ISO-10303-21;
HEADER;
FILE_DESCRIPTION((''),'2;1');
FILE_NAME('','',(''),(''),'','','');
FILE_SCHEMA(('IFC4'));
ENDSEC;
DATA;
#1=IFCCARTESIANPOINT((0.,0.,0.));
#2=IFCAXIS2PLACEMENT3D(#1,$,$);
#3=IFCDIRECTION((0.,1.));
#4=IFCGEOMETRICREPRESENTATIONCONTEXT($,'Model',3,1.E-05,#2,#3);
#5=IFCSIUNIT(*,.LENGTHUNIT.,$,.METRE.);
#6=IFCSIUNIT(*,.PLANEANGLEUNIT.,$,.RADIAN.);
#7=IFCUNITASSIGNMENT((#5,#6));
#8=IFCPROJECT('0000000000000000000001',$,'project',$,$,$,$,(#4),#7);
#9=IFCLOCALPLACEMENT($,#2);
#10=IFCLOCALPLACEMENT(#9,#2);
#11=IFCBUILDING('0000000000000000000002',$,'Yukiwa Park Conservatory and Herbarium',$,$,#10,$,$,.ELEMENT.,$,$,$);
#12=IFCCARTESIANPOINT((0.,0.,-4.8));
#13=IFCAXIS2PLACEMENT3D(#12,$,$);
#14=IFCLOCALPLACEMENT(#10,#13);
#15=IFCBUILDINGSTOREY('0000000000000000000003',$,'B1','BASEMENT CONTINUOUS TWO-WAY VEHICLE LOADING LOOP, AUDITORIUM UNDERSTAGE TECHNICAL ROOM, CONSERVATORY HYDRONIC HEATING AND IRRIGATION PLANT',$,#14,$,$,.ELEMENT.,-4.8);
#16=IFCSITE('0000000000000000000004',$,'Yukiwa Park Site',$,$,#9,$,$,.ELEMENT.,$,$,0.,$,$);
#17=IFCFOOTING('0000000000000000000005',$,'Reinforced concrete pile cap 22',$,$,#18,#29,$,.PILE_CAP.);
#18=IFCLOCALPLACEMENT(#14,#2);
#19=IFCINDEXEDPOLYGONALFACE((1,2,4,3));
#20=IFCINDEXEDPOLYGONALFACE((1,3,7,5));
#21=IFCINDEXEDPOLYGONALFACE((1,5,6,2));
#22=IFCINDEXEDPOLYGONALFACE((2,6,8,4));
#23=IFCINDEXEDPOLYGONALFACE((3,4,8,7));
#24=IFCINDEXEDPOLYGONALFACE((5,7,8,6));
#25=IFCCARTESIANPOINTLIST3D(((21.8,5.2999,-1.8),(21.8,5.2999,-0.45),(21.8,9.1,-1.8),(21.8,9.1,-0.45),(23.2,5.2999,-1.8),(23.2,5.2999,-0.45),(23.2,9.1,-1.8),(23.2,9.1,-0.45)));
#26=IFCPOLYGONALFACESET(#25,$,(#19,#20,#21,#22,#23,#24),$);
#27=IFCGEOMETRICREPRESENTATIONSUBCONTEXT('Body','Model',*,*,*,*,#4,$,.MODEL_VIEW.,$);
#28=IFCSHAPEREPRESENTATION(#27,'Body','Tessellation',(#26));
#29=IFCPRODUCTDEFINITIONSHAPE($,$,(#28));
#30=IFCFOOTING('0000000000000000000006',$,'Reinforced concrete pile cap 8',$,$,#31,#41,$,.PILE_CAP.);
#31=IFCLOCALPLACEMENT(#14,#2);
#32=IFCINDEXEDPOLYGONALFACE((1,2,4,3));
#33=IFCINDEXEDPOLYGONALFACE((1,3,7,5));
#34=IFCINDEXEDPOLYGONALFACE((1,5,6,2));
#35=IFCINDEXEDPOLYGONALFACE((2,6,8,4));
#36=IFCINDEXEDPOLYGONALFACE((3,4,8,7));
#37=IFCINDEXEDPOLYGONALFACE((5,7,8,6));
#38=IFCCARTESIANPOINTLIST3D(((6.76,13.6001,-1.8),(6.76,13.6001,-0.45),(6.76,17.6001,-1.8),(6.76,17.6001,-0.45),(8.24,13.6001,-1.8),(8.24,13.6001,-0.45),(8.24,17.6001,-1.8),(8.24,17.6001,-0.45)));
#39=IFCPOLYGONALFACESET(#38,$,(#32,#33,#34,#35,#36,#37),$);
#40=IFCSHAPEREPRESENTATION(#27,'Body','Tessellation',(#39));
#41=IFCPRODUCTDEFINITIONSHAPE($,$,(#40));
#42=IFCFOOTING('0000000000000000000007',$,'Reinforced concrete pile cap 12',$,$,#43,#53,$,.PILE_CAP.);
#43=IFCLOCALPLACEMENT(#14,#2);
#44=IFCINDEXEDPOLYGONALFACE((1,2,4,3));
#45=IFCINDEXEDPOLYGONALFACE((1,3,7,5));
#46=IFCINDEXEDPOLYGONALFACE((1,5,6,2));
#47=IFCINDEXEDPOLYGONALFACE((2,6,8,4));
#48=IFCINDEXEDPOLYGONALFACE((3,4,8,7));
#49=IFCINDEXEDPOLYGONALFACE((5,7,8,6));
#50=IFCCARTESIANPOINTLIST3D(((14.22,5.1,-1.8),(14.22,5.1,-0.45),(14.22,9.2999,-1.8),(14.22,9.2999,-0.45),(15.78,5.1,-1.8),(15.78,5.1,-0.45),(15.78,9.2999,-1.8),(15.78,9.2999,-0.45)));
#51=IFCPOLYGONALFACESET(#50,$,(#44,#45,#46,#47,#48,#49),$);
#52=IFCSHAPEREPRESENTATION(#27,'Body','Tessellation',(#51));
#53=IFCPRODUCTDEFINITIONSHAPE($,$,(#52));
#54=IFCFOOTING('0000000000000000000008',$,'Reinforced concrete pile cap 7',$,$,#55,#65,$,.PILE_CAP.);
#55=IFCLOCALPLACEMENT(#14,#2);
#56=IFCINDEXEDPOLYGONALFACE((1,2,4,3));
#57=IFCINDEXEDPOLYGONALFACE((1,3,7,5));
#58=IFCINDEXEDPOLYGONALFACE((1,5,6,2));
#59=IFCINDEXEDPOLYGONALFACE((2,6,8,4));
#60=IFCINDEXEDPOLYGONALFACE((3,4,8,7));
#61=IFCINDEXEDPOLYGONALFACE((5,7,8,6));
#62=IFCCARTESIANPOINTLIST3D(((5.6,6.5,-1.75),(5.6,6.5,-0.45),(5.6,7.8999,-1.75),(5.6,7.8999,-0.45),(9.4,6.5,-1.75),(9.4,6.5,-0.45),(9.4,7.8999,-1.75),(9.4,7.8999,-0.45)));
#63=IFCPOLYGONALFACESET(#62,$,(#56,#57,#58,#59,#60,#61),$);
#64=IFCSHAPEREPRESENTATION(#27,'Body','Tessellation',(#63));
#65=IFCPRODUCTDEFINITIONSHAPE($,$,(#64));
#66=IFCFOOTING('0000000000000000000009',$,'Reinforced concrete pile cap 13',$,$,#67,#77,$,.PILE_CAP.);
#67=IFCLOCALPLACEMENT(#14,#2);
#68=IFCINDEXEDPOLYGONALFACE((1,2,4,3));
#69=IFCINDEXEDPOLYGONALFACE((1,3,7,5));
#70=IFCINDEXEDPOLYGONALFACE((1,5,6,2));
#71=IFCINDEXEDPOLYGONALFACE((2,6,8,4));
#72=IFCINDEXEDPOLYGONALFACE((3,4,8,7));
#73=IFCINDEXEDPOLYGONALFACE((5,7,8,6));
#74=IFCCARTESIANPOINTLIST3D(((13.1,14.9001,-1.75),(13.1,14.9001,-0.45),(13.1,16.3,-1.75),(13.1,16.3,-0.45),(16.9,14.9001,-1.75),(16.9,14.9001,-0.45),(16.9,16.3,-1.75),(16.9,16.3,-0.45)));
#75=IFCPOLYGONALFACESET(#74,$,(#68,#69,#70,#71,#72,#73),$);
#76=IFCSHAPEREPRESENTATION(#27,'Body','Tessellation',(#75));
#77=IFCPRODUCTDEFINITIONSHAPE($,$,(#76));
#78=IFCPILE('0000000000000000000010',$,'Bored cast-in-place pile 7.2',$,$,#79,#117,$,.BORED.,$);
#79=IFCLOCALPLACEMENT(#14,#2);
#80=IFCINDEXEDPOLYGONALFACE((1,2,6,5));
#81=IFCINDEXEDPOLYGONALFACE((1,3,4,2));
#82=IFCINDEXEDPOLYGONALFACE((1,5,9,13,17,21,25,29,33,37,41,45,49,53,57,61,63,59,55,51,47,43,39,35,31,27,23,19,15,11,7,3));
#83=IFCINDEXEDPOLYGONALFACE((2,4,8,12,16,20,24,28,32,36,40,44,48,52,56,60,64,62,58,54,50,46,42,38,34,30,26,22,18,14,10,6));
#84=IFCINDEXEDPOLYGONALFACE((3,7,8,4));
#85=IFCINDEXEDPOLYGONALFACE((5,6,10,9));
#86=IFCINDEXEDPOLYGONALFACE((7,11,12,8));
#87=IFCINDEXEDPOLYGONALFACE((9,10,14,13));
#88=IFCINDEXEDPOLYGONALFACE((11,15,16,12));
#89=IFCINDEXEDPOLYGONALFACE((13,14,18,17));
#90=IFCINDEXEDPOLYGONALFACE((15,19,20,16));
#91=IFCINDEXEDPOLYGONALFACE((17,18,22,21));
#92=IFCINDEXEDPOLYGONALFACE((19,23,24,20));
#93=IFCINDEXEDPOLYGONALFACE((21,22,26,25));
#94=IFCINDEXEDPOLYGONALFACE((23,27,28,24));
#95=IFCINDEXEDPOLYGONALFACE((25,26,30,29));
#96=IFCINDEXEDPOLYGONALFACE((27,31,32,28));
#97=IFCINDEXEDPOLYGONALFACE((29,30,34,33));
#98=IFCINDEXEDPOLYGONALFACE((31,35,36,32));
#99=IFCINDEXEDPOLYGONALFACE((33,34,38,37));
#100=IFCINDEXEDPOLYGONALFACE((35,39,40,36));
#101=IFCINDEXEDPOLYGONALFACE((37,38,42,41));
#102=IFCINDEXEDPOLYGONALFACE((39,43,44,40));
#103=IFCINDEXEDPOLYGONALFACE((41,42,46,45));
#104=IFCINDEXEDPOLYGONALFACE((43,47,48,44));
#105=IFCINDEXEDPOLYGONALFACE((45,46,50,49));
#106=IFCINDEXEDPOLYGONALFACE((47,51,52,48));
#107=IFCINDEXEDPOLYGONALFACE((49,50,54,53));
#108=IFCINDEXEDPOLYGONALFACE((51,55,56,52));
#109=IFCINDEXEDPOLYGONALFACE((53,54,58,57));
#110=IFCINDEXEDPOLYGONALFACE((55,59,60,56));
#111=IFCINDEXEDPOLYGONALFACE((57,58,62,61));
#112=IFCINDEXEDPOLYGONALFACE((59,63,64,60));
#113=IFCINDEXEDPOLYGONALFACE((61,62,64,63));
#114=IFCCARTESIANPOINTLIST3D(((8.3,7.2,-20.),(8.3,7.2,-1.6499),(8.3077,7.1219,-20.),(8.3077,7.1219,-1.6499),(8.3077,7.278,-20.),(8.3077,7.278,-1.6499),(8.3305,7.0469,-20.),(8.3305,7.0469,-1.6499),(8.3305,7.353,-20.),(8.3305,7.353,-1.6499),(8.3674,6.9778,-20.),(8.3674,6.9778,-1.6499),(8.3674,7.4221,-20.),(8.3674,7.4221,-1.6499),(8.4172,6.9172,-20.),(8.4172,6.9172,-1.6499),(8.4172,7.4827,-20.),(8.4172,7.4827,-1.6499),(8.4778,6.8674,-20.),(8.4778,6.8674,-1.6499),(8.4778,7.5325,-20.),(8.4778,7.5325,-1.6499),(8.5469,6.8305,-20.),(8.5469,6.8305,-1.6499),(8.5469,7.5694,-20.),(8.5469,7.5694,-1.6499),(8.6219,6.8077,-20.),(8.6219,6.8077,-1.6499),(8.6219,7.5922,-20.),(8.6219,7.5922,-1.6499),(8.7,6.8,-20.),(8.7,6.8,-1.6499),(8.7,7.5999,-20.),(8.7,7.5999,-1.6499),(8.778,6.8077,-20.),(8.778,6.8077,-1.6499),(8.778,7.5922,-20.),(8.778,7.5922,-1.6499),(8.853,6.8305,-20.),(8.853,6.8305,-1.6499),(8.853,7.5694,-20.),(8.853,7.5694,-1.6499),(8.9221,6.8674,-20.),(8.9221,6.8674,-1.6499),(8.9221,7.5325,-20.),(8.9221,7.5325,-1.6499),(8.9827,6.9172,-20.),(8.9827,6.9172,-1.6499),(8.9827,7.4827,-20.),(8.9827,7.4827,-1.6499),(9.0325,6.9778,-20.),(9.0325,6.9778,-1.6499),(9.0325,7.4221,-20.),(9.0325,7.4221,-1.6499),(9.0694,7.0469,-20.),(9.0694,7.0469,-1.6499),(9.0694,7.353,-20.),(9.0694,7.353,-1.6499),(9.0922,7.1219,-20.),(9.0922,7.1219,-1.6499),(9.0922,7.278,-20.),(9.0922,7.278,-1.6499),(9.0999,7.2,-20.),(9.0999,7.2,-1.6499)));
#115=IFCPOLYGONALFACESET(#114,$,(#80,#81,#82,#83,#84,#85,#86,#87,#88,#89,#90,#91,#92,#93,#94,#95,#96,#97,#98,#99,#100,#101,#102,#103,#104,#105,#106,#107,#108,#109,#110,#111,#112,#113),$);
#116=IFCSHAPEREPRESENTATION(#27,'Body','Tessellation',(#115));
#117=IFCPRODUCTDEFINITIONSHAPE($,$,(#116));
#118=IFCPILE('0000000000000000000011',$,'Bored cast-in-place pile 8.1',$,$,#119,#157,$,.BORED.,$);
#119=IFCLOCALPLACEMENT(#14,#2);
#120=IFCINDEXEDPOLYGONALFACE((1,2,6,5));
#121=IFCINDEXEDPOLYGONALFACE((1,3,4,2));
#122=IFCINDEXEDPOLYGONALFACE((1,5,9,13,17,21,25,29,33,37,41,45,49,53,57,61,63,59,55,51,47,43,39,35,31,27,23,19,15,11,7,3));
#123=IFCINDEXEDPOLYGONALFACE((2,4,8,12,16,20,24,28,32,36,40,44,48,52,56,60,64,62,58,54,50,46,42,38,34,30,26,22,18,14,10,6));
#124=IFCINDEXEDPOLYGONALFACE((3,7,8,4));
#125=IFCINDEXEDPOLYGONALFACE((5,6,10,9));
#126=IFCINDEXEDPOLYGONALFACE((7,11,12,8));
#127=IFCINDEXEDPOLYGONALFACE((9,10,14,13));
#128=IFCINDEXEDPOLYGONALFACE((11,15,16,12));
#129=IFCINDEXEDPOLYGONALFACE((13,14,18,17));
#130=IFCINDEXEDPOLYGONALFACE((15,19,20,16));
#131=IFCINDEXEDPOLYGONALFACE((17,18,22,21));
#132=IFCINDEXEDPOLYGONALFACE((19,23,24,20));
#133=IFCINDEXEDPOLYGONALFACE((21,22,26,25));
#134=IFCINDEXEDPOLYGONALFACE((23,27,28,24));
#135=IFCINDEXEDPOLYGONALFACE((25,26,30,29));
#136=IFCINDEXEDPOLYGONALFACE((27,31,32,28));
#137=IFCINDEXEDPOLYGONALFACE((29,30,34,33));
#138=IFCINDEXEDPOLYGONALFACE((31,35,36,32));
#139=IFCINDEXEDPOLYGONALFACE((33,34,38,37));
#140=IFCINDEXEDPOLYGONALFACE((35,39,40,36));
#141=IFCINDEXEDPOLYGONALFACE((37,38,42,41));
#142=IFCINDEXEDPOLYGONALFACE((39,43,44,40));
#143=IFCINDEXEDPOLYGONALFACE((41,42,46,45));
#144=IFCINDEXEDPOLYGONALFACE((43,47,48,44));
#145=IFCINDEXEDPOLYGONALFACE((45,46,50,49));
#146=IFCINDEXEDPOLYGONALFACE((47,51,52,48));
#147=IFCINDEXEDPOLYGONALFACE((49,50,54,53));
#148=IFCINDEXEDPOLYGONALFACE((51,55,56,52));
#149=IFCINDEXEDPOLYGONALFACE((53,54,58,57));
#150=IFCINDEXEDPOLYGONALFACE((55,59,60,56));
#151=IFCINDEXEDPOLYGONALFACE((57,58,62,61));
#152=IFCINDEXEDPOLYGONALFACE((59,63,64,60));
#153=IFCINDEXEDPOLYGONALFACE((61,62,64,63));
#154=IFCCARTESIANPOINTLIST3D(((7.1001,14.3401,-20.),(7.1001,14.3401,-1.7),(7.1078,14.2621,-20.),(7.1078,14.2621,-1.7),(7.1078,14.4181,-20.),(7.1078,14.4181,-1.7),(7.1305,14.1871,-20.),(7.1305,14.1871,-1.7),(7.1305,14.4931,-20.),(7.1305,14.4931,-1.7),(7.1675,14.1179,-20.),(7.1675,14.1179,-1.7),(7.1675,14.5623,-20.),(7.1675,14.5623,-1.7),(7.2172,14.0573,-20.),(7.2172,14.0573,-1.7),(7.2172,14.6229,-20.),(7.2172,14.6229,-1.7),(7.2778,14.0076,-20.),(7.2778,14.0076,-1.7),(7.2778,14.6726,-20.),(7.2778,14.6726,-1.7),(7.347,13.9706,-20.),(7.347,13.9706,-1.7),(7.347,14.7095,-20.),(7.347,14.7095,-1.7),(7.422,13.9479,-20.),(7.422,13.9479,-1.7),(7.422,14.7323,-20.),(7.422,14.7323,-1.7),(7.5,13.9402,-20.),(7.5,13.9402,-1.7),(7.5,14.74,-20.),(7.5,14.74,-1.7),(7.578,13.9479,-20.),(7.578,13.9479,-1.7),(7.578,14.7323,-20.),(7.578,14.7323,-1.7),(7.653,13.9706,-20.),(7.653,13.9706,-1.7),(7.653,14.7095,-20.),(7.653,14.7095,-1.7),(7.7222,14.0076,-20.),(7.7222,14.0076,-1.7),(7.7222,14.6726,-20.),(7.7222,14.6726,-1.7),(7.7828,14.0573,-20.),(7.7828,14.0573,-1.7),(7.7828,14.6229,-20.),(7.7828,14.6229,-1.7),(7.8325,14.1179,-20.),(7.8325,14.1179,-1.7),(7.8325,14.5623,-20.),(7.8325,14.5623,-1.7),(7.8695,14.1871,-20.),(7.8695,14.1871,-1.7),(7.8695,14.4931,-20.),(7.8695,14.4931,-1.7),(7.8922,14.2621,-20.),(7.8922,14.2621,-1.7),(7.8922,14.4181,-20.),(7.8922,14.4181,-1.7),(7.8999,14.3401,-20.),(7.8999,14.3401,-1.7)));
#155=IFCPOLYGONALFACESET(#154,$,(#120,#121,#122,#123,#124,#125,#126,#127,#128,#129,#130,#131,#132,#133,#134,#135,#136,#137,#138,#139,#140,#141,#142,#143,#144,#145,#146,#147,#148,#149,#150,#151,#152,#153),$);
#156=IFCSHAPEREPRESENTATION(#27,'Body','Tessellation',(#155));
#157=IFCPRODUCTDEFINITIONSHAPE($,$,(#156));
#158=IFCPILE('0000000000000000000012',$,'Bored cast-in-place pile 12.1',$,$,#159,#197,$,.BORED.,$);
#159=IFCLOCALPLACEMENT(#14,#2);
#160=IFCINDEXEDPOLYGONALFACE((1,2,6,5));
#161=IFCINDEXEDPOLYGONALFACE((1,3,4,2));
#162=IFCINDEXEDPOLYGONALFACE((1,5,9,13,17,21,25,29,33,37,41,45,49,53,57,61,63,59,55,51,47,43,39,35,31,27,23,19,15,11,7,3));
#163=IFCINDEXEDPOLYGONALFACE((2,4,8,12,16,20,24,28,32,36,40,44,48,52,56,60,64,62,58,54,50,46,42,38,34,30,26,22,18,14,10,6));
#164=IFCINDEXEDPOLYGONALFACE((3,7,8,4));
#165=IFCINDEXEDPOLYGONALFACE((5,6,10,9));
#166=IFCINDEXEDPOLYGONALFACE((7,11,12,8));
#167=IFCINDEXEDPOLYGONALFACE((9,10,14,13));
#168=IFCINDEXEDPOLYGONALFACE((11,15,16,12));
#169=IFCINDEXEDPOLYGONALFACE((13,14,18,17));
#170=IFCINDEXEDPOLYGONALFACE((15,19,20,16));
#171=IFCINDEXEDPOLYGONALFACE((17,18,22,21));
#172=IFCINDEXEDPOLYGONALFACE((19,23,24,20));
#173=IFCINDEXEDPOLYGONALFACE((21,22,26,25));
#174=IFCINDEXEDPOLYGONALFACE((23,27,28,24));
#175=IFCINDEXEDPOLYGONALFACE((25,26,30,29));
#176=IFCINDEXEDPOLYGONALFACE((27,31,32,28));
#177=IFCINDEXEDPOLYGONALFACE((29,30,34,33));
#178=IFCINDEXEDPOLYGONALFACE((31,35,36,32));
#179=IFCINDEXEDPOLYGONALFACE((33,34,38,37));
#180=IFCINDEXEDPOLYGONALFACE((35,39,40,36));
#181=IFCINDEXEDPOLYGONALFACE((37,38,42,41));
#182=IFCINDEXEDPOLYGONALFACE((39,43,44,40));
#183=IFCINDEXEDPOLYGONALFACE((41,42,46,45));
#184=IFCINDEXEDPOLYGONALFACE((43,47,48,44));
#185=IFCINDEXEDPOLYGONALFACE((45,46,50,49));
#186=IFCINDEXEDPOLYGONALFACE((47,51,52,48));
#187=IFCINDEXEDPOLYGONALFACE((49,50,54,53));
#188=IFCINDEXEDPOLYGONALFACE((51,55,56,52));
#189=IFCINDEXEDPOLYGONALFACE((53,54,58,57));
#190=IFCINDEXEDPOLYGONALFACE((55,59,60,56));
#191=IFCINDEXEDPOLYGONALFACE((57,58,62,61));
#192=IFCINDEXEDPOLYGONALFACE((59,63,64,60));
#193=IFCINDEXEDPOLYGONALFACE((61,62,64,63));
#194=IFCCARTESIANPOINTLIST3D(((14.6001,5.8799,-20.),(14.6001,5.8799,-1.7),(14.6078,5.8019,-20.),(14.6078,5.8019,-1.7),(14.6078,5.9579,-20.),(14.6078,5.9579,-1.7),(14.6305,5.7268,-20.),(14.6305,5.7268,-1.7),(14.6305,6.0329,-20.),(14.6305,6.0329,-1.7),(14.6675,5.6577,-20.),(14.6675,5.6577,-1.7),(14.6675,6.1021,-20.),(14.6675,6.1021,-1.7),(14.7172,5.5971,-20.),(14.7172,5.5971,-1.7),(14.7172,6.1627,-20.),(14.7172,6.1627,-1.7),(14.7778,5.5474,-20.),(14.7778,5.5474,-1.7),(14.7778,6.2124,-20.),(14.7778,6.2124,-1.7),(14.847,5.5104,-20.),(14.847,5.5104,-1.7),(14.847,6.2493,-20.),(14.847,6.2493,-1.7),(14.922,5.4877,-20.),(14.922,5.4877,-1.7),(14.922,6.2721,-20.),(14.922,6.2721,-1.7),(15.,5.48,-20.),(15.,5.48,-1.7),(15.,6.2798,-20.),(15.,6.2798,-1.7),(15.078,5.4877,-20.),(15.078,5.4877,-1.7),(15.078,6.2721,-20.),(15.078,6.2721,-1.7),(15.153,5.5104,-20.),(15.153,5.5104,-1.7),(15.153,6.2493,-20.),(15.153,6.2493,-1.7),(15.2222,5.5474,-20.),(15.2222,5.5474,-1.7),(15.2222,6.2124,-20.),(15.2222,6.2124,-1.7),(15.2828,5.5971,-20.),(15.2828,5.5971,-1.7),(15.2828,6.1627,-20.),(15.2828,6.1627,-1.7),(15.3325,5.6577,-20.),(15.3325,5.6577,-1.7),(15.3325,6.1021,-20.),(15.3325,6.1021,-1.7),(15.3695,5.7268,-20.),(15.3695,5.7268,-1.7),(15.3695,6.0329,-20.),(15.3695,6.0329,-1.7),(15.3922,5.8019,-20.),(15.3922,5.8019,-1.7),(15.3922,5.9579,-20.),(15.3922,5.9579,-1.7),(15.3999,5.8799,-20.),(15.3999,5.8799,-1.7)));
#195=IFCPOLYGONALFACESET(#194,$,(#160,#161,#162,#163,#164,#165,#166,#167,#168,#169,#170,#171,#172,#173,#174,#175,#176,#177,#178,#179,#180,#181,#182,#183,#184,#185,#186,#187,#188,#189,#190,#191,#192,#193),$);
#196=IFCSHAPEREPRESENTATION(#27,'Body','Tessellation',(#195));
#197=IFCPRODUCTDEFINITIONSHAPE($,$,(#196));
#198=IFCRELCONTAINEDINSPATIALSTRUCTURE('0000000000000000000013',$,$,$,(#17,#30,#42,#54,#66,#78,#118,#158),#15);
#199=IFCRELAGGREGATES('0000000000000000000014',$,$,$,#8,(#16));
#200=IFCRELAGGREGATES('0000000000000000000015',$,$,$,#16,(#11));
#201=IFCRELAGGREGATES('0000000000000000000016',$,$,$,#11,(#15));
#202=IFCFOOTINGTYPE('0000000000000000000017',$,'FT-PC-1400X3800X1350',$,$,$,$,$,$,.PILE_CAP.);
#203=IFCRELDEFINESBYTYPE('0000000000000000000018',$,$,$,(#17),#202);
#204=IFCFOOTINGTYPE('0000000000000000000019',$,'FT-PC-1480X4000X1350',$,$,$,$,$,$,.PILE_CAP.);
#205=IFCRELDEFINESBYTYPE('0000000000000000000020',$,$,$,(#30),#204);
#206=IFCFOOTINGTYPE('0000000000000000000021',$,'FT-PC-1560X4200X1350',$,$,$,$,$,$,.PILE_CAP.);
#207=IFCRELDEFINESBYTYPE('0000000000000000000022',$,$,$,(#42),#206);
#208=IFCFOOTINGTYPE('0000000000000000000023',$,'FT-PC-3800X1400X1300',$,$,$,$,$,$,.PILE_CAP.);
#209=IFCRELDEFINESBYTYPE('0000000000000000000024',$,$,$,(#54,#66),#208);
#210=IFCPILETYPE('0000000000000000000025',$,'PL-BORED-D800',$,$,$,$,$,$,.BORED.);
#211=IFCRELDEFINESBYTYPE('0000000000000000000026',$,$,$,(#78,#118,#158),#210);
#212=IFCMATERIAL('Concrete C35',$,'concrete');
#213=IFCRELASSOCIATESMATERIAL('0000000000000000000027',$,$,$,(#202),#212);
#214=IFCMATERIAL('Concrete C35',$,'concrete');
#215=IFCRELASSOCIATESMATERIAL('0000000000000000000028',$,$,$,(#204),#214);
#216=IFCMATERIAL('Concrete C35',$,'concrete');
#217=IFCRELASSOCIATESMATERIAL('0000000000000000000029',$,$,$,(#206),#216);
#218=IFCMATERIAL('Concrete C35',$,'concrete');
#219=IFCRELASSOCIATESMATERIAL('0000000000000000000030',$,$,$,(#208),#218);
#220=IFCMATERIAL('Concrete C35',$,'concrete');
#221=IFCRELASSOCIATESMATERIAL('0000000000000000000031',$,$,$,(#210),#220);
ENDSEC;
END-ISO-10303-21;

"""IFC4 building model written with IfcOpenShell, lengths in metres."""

from ifc_helpers import new_model, si_unit, direction, frame, origin, origin_2d, place, context, subcontext, project, spatial, rectangle, circle, extrude, material, material_profile, profile_set, type_object, element, save


model = new_model("IFC4")

# Units and contexts
model_context = context("Model", 3, precision=1e-05, world=origin(), true_north=direction((0.0, 1.0)))
body_context = subcontext(model_context, "Body", "Model", "MODEL_VIEW")
ifc_project = project(units=[si_unit("LENGTHUNIT", "METRE"), si_unit("PLANEANGLEUNIT", "RADIAN")], contexts=[model_context])

# Site, building, storey
site_placement = place(None, origin())
site = spatial("IfcSite", under=ifc_project, at=site_placement, Name="Yukiwa Park Site", CompositionType="ELEMENT", RefElevation=0.0)
building_placement = place(site_placement, origin())
building = spatial("IfcBuilding", under=site, at=building_placement, Name="Yukiwa Park Conservatory and Herbarium", CompositionType="ELEMENT")
storey_placement = place(building_placement, frame((0.0, 0.0, -4.8)))
storey = spatial("IfcBuildingStorey", under=building, at=storey_placement, Name="B1", Description="BASEMENT CONTINUOUS TWO-WAY VEHICLE LOADING LOOP, AUDITORIUM UNDERSTAGE TECHNICAL ROOM, CONSERVATORY HYDRONIC HEATING AND IRRIGATION PLANT", CompositionType="ELEMENT", Elevation=-4.8)

# Footings
ifc_material_1 = material(Name="Concrete C35", Category="concrete")
footing_type_1 = type_object("IfcFootingType", Name="FT-PC-1400X3800X1350", PredefinedType="PILE_CAP", material=ifc_material_1)
footing_1_placement = place(storey_placement, frame((22.5, 7.2, -1.8), z_axis=(0.0, 0.0, 1.0), x_axis=(1.0, 0.0, 0.0)))
element("IfcFooting", 1, at=footing_1_placement, inside=storey, type_object=footing_type_1, Name="Reinforced concrete pile cap 22", PredefinedType="PILE_CAP", context=body_context, shape_type="SweptSolid", body=[
    extrude(rectangle(XDim=1.3999, YDim=3.8, at=origin_2d()), origin(), (0.0, 0.0, 1.0), 1.3501),
])
ifc_material_2 = material(Name="Concrete C35", Category="concrete")
footing_type_2 = type_object("IfcFootingType", Name="FT-PC-1480X4000X1350", PredefinedType="PILE_CAP", material=ifc_material_2)
footing_2_placement = place(storey_placement, frame((7.5, 15.6001, -1.8), z_axis=(0.0, 0.0, 1.0), x_axis=(1.0, 0.0, 0.0)))
element("IfcFooting", 2, at=footing_2_placement, inside=storey, type_object=footing_type_2, Name="Reinforced concrete pile cap 8", PredefinedType="PILE_CAP", context=body_context, shape_type="SweptSolid", body=[
    extrude(rectangle(XDim=1.48, YDim=4.0, at=origin_2d()), origin(), (0.0, 0.0, 1.0), 1.3501),
])
ifc_material_3 = material(Name="Concrete C35", Category="concrete")
footing_type_3 = type_object("IfcFootingType", Name="FT-PC-1560X4200X1350", PredefinedType="PILE_CAP", material=ifc_material_3)
footing_3_placement = place(storey_placement, frame((15.0, 7.2, -1.8), z_axis=(0.0, 0.0, 1.0), x_axis=(1.0, 0.0, 0.0)))
element("IfcFooting", 3, at=footing_3_placement, inside=storey, type_object=footing_type_3, Name="Reinforced concrete pile cap 12", PredefinedType="PILE_CAP", context=body_context, shape_type="SweptSolid", body=[
    extrude(rectangle(XDim=1.5601, YDim=4.2, at=origin_2d()), origin(), (0.0, 0.0, 1.0), 1.3501),
])
ifc_material_4 = material(Name="Concrete C35", Category="concrete")
footing_type_4 = type_object("IfcFootingType", Name="FT-PC-3800X1400X1300", PredefinedType="PILE_CAP", material=ifc_material_4)
for number, where, z_axis, x_axis, name in (
    (4, (7.5, 7.2, -1.75), (0.0, 0.0, 1.0), (1.0, 0.0, 0.0), "Reinforced concrete pile cap 7"),
    (5, (15.0, 15.6001, -1.75), (0.0, 0.0, 1.0), (1.0, 0.0, 0.0), "Reinforced concrete pile cap 13"),
):
    element("IfcFooting", number, at=place(storey_placement, frame(where, z_axis=z_axis, x_axis=x_axis)), inside=storey, type_object=footing_type_4, Name=name, PredefinedType="PILE_CAP", context=body_context, shape_type="SweptSolid", body=[
        extrude(rectangle(XDim=3.8, YDim=1.3999, at=origin_2d()), origin(), (0.0, 0.0, 1.0), 1.3),
    ])

# Piles
ifc_material_5 = material(Name="Concrete C35", Category="concrete")
ifc_material_profile_1 = material_profile(ifc_material_5, circle(Radius=0.3999, at=origin_2d()), Name="PILE D800")
ifc_profile_set_1 = profile_set([ifc_material_profile_1], Name="Concrete C35")
pile_type = type_object("IfcPileType", Name="PL-BORED-D800", PredefinedType="BORED", material=ifc_profile_set_1)
pile_1_placement = place(storey_placement, frame((8.7, 7.2, -1.6499), z_axis=(0.0, 0.0, -1.0), x_axis=(1.0, 0.0, 0.0)))
element("IfcPile", 6, at=pile_1_placement, inside=storey, type_object=pile_type, Name="Bored cast-in-place pile 7.2", PredefinedType="BORED", context=body_context, shape_type="SweptSolid", body=[
    extrude(circle(Radius=0.3999, at=origin_2d()), origin(), (0.0, 0.0, 1.0), 18.3501),
])
for number, where, z_axis, x_axis, name in (
    (7, (7.5, 14.3401, -1.7), (0.0, 0.0, -1.0), (1.0, 0.0, 0.0), "Bored cast-in-place pile 8.1"),
    (8, (15.0, 5.8799, -1.7), (0.0, 0.0, -1.0), (1.0, 0.0, 0.0), "Bored cast-in-place pile 12.1"),
):
    element("IfcPile", number, at=place(storey_placement, frame(where, z_axis=z_axis, x_axis=x_axis)), inside=storey, type_object=pile_type, Name=name, PredefinedType="BORED", context=body_context, shape_type="SweptSolid", body=[
        extrude(circle(Radius=0.3999, at=origin_2d()), origin(), (0.0, 0.0, 1.0), 18.3),
    ])

save(model, "model.ifc")
